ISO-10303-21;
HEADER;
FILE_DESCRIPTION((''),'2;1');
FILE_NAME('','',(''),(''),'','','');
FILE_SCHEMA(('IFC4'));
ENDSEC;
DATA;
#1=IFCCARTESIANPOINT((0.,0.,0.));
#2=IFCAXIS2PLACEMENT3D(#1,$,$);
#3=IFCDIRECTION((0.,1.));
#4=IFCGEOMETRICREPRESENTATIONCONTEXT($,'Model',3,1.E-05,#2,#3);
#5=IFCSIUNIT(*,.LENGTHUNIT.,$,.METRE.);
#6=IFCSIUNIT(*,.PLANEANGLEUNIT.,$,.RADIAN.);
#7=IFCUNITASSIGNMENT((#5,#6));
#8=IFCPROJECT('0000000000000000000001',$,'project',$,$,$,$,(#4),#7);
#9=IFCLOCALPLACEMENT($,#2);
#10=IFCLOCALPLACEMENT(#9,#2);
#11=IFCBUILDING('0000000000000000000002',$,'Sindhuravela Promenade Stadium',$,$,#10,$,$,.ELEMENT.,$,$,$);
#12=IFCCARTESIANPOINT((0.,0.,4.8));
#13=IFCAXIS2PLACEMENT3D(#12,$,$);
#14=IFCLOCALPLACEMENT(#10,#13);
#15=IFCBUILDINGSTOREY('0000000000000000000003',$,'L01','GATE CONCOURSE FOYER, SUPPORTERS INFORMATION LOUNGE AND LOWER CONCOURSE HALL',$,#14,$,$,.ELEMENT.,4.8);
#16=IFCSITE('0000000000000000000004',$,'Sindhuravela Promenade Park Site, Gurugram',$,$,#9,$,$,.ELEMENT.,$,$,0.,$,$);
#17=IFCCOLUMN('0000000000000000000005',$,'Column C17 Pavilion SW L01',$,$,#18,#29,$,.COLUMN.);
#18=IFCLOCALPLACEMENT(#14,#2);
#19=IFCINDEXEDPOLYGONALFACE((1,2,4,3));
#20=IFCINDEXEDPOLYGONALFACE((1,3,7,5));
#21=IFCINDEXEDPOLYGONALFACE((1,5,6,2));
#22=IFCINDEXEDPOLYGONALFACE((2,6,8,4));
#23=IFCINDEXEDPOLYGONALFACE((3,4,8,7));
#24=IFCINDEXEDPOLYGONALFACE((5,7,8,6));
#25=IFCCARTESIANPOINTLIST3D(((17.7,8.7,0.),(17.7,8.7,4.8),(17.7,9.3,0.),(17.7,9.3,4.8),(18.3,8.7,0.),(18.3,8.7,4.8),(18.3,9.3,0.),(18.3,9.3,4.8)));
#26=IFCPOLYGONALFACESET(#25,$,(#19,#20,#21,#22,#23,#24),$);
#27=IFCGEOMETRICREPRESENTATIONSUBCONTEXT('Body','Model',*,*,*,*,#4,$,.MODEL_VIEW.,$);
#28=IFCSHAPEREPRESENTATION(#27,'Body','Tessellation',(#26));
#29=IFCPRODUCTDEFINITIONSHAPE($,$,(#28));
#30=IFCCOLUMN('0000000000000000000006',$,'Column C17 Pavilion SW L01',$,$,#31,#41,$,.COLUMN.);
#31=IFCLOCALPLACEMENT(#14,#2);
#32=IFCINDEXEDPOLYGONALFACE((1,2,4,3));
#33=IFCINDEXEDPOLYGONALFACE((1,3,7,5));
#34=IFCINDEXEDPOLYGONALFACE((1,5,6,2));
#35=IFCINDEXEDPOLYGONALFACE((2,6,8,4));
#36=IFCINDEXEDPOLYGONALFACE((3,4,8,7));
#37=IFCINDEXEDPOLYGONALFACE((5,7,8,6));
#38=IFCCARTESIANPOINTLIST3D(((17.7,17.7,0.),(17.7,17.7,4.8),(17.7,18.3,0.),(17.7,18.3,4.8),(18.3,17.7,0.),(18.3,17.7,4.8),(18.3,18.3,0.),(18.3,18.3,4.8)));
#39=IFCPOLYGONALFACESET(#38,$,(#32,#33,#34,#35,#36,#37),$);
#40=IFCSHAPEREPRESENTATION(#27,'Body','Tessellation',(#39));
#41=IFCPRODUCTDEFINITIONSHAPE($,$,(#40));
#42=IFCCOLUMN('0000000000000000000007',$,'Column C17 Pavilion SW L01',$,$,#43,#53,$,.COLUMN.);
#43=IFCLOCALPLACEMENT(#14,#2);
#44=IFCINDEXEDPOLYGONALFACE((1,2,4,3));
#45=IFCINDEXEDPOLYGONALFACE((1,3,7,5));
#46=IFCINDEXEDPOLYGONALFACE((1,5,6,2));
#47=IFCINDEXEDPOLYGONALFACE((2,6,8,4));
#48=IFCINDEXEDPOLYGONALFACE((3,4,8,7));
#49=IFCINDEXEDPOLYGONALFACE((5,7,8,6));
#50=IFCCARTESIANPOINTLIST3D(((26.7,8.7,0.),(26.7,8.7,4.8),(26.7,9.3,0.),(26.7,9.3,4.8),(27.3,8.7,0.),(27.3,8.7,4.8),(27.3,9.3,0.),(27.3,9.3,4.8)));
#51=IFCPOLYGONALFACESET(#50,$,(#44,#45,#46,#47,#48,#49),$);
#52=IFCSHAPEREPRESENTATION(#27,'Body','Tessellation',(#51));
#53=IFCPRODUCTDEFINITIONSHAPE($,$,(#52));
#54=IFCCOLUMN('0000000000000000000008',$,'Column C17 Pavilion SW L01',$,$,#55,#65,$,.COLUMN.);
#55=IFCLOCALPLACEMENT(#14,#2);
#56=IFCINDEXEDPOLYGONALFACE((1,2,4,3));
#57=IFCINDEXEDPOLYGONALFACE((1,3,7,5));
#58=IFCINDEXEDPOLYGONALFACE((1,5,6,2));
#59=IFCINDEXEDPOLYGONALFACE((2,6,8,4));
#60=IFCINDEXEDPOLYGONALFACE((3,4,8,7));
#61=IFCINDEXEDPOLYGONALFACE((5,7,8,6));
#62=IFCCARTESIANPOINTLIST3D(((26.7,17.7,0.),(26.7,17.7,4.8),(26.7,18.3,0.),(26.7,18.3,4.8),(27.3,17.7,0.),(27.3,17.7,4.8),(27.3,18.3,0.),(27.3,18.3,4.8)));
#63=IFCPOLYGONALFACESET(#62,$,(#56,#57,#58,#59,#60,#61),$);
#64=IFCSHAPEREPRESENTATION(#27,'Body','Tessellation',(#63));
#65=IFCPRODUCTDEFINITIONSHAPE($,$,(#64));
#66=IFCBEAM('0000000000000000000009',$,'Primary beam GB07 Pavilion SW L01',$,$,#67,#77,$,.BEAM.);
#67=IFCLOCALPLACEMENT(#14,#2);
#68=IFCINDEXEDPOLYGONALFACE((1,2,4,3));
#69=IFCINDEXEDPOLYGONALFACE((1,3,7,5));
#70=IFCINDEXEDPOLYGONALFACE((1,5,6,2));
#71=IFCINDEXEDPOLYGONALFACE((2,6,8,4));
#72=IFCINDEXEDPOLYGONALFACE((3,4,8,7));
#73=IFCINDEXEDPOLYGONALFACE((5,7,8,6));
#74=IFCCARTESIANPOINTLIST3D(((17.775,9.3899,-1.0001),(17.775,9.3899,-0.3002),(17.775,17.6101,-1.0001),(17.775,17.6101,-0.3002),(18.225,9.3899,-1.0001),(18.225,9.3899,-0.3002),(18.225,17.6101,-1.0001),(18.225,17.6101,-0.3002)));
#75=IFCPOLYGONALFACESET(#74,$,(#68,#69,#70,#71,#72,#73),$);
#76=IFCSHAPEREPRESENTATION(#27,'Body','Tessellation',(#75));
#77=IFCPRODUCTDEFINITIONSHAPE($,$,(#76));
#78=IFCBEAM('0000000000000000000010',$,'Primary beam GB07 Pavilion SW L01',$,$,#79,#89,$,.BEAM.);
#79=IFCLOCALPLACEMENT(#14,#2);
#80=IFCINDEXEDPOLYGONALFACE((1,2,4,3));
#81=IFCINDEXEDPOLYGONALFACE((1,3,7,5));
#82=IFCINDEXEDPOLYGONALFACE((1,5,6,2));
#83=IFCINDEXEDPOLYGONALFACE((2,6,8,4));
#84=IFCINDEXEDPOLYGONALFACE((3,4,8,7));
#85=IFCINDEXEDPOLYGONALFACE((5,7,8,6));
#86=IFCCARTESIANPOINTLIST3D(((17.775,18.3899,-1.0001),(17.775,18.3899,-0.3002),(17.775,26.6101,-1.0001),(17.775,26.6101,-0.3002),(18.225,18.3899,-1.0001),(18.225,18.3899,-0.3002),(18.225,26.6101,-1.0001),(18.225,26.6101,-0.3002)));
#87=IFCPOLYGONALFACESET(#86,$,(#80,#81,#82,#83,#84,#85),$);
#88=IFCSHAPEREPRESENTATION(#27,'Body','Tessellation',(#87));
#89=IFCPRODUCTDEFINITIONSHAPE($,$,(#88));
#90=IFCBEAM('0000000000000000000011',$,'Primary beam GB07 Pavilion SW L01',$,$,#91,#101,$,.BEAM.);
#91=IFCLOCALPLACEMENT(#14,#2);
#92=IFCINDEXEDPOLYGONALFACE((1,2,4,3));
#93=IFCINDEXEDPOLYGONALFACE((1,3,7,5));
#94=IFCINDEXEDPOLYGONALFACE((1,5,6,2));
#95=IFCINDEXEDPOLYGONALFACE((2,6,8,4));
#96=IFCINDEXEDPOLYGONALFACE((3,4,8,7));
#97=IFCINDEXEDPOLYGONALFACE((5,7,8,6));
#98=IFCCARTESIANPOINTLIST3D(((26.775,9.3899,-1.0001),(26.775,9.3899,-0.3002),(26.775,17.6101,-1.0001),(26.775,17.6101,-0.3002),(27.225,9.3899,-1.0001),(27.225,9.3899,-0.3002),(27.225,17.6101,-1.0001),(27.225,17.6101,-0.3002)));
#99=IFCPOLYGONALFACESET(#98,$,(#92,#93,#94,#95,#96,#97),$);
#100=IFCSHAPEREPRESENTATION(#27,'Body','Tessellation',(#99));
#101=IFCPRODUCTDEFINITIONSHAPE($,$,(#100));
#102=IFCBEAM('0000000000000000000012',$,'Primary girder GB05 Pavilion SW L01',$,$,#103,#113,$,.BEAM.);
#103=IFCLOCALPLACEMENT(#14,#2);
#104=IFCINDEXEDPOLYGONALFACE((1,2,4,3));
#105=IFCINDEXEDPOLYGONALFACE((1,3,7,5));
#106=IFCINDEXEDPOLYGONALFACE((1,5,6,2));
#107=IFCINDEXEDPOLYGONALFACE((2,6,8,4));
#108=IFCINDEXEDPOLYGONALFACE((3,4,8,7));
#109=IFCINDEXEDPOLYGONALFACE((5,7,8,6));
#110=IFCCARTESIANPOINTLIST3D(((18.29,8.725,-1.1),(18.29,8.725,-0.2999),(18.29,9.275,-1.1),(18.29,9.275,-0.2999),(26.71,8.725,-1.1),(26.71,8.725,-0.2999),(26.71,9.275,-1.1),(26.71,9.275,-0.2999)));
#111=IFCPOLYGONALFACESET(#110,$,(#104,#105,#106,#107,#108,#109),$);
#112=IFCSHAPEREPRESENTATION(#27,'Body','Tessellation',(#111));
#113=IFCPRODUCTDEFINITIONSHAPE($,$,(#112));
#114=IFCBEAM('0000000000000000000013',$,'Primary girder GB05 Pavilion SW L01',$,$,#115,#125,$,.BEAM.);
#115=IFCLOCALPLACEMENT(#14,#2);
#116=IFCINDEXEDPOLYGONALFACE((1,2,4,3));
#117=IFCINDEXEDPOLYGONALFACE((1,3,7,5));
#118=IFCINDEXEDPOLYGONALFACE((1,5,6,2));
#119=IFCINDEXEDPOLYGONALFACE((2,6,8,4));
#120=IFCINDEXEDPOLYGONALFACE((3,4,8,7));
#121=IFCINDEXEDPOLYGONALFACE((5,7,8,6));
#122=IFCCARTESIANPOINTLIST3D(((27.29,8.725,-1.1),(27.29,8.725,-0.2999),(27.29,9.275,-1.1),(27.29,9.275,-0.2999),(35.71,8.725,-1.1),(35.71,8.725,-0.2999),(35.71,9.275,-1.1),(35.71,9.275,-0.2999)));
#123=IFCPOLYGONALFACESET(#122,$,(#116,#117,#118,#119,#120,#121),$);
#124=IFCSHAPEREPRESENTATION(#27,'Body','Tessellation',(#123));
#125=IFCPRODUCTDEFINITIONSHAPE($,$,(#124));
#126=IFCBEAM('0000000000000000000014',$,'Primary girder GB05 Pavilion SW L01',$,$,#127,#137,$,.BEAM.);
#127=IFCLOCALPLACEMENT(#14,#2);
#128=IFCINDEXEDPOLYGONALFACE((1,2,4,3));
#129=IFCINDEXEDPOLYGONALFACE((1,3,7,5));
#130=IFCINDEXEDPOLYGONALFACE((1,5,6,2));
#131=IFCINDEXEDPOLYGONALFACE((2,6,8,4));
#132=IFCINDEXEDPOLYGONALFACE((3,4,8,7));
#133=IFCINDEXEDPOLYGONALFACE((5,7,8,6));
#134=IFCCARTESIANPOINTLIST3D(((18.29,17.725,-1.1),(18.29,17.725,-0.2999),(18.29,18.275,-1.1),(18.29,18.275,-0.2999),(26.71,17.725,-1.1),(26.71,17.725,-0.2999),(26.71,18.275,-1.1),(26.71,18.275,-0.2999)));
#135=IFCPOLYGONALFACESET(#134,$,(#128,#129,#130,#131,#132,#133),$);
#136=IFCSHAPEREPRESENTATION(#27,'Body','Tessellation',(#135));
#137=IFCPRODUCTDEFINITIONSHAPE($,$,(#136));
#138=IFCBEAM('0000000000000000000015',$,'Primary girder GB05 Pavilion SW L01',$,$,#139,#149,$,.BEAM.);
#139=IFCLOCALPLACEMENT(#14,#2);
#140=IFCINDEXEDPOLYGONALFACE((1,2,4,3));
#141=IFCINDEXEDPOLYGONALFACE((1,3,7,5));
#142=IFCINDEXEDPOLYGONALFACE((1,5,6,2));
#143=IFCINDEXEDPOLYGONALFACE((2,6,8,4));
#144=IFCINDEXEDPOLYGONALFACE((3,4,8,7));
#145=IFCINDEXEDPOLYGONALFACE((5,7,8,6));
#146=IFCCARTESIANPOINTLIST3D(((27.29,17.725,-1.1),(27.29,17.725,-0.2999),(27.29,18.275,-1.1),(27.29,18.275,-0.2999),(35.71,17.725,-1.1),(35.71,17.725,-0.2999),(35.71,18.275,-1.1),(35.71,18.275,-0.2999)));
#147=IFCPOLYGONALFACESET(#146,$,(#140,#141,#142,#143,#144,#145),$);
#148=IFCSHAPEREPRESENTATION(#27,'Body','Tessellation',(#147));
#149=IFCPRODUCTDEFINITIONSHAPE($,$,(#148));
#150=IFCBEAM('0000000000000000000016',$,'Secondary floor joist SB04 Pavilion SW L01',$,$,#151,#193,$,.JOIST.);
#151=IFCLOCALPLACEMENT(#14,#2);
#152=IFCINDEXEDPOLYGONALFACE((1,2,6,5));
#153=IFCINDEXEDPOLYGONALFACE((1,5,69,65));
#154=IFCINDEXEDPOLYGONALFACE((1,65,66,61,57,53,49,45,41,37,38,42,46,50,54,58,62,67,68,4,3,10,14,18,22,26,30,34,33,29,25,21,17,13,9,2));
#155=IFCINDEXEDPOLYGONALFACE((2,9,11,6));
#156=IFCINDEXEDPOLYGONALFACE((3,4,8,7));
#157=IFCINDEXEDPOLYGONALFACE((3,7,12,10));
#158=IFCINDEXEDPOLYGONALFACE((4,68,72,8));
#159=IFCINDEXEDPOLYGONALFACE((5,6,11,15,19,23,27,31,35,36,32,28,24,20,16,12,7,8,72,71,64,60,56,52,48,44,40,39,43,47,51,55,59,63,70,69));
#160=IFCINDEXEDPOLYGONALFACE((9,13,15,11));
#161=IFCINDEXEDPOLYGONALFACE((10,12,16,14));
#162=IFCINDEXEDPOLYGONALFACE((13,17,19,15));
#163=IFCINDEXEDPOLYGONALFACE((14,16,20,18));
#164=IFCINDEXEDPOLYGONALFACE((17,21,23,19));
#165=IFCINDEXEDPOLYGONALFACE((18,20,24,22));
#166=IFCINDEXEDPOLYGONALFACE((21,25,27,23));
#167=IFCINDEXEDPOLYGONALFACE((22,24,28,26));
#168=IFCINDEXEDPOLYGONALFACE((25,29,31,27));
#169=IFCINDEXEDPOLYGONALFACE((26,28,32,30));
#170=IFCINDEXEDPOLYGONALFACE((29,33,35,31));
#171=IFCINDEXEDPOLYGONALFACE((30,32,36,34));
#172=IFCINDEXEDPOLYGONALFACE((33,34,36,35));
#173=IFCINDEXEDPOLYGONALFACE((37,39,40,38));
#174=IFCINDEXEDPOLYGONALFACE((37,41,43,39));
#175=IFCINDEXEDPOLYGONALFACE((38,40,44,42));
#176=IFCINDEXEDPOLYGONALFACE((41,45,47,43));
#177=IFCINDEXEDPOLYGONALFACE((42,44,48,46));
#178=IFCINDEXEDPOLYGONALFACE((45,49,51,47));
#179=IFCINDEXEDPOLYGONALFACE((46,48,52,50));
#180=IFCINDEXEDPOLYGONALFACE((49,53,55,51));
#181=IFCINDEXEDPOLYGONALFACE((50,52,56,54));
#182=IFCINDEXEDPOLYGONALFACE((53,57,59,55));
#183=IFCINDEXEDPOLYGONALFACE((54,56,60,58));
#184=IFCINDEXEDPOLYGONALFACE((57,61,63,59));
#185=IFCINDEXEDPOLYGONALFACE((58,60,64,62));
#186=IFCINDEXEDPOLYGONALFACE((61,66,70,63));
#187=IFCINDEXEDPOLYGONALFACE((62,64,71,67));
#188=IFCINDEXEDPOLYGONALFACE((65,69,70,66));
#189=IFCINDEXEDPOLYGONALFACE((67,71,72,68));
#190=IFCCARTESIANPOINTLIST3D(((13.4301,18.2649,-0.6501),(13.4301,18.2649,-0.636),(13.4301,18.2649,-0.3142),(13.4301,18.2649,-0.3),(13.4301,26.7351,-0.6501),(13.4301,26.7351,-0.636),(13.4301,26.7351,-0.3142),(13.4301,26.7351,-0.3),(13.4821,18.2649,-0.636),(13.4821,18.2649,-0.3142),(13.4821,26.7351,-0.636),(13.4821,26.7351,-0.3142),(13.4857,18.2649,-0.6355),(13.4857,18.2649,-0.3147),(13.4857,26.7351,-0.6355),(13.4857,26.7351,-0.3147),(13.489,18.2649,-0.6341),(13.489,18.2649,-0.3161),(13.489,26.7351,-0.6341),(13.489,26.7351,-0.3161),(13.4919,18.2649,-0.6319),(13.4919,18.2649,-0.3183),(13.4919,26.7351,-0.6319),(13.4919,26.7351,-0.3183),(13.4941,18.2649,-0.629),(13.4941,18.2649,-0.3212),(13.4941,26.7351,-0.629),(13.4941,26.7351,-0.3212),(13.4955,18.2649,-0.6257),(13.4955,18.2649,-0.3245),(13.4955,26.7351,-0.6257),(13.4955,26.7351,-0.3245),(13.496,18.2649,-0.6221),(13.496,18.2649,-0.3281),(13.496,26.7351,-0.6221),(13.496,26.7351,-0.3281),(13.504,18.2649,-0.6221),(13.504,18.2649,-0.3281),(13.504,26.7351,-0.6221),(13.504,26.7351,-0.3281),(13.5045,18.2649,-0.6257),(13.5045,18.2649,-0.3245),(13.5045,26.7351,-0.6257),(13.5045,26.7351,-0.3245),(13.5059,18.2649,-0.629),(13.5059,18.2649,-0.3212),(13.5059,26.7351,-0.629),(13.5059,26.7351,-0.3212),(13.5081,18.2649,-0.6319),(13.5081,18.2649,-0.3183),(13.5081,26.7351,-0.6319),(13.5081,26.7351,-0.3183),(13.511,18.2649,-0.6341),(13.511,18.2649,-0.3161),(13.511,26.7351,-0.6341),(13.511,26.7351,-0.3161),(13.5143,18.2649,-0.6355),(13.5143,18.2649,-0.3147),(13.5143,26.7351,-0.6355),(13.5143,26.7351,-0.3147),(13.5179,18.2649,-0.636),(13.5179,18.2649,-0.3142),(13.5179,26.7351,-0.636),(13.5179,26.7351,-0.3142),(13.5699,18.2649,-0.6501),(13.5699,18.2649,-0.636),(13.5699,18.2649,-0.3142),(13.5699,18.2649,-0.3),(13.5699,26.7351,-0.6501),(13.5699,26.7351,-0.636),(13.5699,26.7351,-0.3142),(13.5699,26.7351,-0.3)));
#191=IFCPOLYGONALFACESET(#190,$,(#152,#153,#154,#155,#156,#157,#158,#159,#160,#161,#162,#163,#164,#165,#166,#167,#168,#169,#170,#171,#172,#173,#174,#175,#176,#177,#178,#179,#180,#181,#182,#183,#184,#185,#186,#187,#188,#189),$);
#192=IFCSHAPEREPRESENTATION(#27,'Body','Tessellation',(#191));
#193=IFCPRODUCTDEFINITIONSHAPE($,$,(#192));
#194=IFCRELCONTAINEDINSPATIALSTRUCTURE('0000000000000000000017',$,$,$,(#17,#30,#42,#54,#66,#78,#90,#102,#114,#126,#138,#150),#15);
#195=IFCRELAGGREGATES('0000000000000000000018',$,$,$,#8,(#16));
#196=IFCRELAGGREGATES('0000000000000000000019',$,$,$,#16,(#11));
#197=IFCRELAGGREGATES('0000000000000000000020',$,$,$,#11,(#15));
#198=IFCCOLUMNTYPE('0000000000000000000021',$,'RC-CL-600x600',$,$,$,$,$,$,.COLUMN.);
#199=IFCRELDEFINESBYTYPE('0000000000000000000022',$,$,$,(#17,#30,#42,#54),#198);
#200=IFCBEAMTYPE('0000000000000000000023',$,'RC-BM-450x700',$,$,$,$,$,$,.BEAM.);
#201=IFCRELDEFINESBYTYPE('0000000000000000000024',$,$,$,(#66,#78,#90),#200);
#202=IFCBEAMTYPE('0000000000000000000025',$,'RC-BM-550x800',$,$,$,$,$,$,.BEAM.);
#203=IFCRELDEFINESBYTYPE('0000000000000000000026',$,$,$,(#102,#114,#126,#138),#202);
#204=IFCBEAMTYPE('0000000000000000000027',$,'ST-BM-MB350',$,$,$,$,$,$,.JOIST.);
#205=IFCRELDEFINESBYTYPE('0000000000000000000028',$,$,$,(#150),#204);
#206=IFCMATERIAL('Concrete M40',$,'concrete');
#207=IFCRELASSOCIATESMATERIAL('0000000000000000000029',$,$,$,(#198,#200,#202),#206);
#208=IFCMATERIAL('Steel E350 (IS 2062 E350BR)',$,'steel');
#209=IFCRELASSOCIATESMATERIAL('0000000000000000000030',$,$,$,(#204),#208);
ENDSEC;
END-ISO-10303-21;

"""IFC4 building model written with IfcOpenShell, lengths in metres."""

from ifc_helpers import new_model, si_unit, direction, frame, origin, origin_2d, place, context, subcontext, project, spatial, rectangle, i_section, extrude, material, material_profile, profile_set, type_object, element, save


model = new_model("IFC4")

# Units and contexts
model_context = context("Model", 3, precision=1e-05, world=origin(), true_north=direction((0.0, 1.0)))
body_context = subcontext(model_context, "Body", "Model", "MODEL_VIEW")
ifc_project = project(units=[si_unit("LENGTHUNIT", "METRE"), si_unit("PLANEANGLEUNIT", "RADIAN")], contexts=[model_context])

# Site, building, storey
site_placement = place(None, origin())
site = spatial("IfcSite", under=ifc_project, at=site_placement, Name="Sindhuravela Promenade Park Site, Gurugram", CompositionType="ELEMENT", RefElevation=0.0)
building_placement = place(site_placement, origin())
building = spatial("IfcBuilding", under=site, at=building_placement, Name="Sindhuravela Promenade Stadium", CompositionType="ELEMENT")
storey_placement = place(building_placement, frame((0.0, 0.0, 4.8)))
storey = spatial("IfcBuildingStorey", under=building, at=storey_placement, Name="L01", Description="GATE CONCOURSE FOYER, SUPPORTERS INFORMATION LOUNGE AND LOWER CONCOURSE HALL", CompositionType="ELEMENT", Elevation=4.8)

# Columns
ifc_material_1 = material(Name="Concrete M40", Category="concrete")
ifc_material_profile_1 = material_profile(ifc_material_1, rectangle(XDim=0.6001, YDim=0.6001, at=origin_2d()), Name="RC 600x600")
ifc_profile_set_1 = profile_set([ifc_material_profile_1], Name="Concrete M40")
column_type = type_object("IfcColumnType", Name="RC-CL-600x600", PredefinedType="COLUMN", material=ifc_profile_set_1)
for number, where, z_axis, x_axis, name in (
    (1, (18.0, 9.0, 0.0), (0.0, 0.0, 1.0), (1.0, 0.0, 0.0), "Column C17 Pavilion SW L01"),
    (2, (18.0, 18.0, 0.0), (0.0, 0.0, 1.0), (1.0, 0.0, 0.0), "Column C17 Pavilion SW L01"),
    (3, (27.0, 9.0, 0.0), (0.0, 0.0, 1.0), (1.0, 0.0, 0.0), "Column C17 Pavilion SW L01"),
    (4, (27.0, 18.0, 0.0), (0.0, 0.0, 1.0), (1.0, 0.0, 0.0), "Column C17 Pavilion SW L01"),
):
    element("IfcColumn", number, at=place(storey_placement, frame(where, z_axis=z_axis, x_axis=x_axis)), inside=storey, type_object=column_type, Name=name, PredefinedType="COLUMN", context=body_context, shape_type="SweptSolid", body=[
        extrude(rectangle(XDim=0.6001, YDim=0.6001, at=origin_2d()), origin(), (0.0, 0.0, 1.0), 4.8),
    ])

# Beams
ifc_material_profile_2 = material_profile(ifc_material_1, rectangle(XDim=0.45, YDim=0.7, at=origin_2d()), Name="RC 450x700")
ifc_profile_set_2 = profile_set([ifc_material_profile_2], Name="Concrete M40")
beam_type_1 = type_object("IfcBeamType", Name="RC-BM-450x700", PredefinedType="BEAM", material=ifc_profile_set_2)
for number, where, z_axis, x_axis, name in (
    (5, (18.0, 9.3899, -0.6501), (0.0, 1.0, 0.0), (-1.0, 0.0, 0.0), "Primary beam GB07 Pavilion SW L01"),
    (6, (18.0, 18.3899, -0.6501), (0.0, 1.0, 0.0), (-1.0, 0.0, 0.0), "Primary beam GB07 Pavilion SW L01"),
    (7, (27.0, 9.3899, -0.6501), (0.0, 1.0, 0.0), (-1.0, 0.0, 0.0), "Primary beam GB07 Pavilion SW L01"),
):
    element("IfcBeam", number, at=place(storey_placement, frame(where, z_axis=z_axis, x_axis=x_axis)), inside=storey, type_object=beam_type_1, Name=name, PredefinedType="BEAM", context=body_context, shape_type="SweptSolid", body=[
        extrude(rectangle(XDim=0.45, YDim=0.7, at=origin_2d()), origin(), (0.0, 0.0, 1.0), 8.2202),
    ])
ifc_material_profile_3 = material_profile(ifc_material_1, rectangle(XDim=0.55, YDim=0.8, at=origin_2d()), Name="RC 550x800")
ifc_profile_set_3 = profile_set([ifc_material_profile_3], Name="Concrete M40")
beam_type_2 = type_object("IfcBeamType", Name="RC-BM-550x800", PredefinedType="BEAM", material=ifc_profile_set_3)
for number, where, z_axis, x_axis, name in (
    (8, (18.29, 9.0, -0.7), (1.0, 0.0, 0.0), (0.0, 1.0, 0.0), "Primary girder GB05 Pavilion SW L01"),
    (9, (27.29, 9.0, -0.7), (1.0, 0.0, 0.0), (0.0, 1.0, 0.0), "Primary girder GB05 Pavilion SW L01"),
    (10, (18.29, 18.0, -0.7), (1.0, 0.0, 0.0), (0.0, 1.0, 0.0), "Primary girder GB05 Pavilion SW L01"),
    (11, (27.29, 18.0, -0.7), (1.0, 0.0, 0.0), (0.0, 1.0, 0.0), "Primary girder GB05 Pavilion SW L01"),
):
    element("IfcBeam", number, at=place(storey_placement, frame(where, z_axis=z_axis, x_axis=x_axis)), inside=storey, type_object=beam_type_2, Name=name, PredefinedType="BEAM", context=body_context, shape_type="SweptSolid", body=[
        extrude(rectangle(XDim=0.55, YDim=0.8, at=origin_2d()), origin(), (0.0, 0.0, 1.0), 8.4199),
    ])
ifc_material_2 = material(Name="Steel E350 (IS 2062 E350BR)", Category="steel")
ifc_material_profile_4 = material_profile(ifc_material_2, i_section(OverallWidth=0.1399, OverallDepth=0.3501, WebThickness=0.0081, FlangeThickness=0.0142, FilletRadius=0.0139, at=origin_2d()), Name="ISMB 350")
ifc_profile_set_4 = profile_set([ifc_material_profile_4], Name="Steel E350 (IS 2062 E350BR)")
beam_type_3 = type_object("IfcBeamType", Name="ST-BM-MB350", PredefinedType="JOIST", material=ifc_profile_set_4)
beam_1_placement = place(storey_placement, frame((13.5, 18.2649, -0.4751), z_axis=(0.0, 1.0, 0.0), x_axis=(-1.0, 0.0, 0.0)))
element("IfcBeam", 12, at=beam_1_placement, inside=storey, type_object=beam_type_3, Name="Secondary floor joist SB04 Pavilion SW L01", PredefinedType="JOIST", context=body_context, shape_type="SweptSolid", body=[
    extrude(i_section(OverallWidth=0.1399, OverallDepth=0.3501, WebThickness=0.0081, FlangeThickness=0.0142, FilletRadius=0.0139, at=origin_2d()), origin(), (0.0, 0.0, 1.0), 8.4702),
])

save(model, "model.ifc")
